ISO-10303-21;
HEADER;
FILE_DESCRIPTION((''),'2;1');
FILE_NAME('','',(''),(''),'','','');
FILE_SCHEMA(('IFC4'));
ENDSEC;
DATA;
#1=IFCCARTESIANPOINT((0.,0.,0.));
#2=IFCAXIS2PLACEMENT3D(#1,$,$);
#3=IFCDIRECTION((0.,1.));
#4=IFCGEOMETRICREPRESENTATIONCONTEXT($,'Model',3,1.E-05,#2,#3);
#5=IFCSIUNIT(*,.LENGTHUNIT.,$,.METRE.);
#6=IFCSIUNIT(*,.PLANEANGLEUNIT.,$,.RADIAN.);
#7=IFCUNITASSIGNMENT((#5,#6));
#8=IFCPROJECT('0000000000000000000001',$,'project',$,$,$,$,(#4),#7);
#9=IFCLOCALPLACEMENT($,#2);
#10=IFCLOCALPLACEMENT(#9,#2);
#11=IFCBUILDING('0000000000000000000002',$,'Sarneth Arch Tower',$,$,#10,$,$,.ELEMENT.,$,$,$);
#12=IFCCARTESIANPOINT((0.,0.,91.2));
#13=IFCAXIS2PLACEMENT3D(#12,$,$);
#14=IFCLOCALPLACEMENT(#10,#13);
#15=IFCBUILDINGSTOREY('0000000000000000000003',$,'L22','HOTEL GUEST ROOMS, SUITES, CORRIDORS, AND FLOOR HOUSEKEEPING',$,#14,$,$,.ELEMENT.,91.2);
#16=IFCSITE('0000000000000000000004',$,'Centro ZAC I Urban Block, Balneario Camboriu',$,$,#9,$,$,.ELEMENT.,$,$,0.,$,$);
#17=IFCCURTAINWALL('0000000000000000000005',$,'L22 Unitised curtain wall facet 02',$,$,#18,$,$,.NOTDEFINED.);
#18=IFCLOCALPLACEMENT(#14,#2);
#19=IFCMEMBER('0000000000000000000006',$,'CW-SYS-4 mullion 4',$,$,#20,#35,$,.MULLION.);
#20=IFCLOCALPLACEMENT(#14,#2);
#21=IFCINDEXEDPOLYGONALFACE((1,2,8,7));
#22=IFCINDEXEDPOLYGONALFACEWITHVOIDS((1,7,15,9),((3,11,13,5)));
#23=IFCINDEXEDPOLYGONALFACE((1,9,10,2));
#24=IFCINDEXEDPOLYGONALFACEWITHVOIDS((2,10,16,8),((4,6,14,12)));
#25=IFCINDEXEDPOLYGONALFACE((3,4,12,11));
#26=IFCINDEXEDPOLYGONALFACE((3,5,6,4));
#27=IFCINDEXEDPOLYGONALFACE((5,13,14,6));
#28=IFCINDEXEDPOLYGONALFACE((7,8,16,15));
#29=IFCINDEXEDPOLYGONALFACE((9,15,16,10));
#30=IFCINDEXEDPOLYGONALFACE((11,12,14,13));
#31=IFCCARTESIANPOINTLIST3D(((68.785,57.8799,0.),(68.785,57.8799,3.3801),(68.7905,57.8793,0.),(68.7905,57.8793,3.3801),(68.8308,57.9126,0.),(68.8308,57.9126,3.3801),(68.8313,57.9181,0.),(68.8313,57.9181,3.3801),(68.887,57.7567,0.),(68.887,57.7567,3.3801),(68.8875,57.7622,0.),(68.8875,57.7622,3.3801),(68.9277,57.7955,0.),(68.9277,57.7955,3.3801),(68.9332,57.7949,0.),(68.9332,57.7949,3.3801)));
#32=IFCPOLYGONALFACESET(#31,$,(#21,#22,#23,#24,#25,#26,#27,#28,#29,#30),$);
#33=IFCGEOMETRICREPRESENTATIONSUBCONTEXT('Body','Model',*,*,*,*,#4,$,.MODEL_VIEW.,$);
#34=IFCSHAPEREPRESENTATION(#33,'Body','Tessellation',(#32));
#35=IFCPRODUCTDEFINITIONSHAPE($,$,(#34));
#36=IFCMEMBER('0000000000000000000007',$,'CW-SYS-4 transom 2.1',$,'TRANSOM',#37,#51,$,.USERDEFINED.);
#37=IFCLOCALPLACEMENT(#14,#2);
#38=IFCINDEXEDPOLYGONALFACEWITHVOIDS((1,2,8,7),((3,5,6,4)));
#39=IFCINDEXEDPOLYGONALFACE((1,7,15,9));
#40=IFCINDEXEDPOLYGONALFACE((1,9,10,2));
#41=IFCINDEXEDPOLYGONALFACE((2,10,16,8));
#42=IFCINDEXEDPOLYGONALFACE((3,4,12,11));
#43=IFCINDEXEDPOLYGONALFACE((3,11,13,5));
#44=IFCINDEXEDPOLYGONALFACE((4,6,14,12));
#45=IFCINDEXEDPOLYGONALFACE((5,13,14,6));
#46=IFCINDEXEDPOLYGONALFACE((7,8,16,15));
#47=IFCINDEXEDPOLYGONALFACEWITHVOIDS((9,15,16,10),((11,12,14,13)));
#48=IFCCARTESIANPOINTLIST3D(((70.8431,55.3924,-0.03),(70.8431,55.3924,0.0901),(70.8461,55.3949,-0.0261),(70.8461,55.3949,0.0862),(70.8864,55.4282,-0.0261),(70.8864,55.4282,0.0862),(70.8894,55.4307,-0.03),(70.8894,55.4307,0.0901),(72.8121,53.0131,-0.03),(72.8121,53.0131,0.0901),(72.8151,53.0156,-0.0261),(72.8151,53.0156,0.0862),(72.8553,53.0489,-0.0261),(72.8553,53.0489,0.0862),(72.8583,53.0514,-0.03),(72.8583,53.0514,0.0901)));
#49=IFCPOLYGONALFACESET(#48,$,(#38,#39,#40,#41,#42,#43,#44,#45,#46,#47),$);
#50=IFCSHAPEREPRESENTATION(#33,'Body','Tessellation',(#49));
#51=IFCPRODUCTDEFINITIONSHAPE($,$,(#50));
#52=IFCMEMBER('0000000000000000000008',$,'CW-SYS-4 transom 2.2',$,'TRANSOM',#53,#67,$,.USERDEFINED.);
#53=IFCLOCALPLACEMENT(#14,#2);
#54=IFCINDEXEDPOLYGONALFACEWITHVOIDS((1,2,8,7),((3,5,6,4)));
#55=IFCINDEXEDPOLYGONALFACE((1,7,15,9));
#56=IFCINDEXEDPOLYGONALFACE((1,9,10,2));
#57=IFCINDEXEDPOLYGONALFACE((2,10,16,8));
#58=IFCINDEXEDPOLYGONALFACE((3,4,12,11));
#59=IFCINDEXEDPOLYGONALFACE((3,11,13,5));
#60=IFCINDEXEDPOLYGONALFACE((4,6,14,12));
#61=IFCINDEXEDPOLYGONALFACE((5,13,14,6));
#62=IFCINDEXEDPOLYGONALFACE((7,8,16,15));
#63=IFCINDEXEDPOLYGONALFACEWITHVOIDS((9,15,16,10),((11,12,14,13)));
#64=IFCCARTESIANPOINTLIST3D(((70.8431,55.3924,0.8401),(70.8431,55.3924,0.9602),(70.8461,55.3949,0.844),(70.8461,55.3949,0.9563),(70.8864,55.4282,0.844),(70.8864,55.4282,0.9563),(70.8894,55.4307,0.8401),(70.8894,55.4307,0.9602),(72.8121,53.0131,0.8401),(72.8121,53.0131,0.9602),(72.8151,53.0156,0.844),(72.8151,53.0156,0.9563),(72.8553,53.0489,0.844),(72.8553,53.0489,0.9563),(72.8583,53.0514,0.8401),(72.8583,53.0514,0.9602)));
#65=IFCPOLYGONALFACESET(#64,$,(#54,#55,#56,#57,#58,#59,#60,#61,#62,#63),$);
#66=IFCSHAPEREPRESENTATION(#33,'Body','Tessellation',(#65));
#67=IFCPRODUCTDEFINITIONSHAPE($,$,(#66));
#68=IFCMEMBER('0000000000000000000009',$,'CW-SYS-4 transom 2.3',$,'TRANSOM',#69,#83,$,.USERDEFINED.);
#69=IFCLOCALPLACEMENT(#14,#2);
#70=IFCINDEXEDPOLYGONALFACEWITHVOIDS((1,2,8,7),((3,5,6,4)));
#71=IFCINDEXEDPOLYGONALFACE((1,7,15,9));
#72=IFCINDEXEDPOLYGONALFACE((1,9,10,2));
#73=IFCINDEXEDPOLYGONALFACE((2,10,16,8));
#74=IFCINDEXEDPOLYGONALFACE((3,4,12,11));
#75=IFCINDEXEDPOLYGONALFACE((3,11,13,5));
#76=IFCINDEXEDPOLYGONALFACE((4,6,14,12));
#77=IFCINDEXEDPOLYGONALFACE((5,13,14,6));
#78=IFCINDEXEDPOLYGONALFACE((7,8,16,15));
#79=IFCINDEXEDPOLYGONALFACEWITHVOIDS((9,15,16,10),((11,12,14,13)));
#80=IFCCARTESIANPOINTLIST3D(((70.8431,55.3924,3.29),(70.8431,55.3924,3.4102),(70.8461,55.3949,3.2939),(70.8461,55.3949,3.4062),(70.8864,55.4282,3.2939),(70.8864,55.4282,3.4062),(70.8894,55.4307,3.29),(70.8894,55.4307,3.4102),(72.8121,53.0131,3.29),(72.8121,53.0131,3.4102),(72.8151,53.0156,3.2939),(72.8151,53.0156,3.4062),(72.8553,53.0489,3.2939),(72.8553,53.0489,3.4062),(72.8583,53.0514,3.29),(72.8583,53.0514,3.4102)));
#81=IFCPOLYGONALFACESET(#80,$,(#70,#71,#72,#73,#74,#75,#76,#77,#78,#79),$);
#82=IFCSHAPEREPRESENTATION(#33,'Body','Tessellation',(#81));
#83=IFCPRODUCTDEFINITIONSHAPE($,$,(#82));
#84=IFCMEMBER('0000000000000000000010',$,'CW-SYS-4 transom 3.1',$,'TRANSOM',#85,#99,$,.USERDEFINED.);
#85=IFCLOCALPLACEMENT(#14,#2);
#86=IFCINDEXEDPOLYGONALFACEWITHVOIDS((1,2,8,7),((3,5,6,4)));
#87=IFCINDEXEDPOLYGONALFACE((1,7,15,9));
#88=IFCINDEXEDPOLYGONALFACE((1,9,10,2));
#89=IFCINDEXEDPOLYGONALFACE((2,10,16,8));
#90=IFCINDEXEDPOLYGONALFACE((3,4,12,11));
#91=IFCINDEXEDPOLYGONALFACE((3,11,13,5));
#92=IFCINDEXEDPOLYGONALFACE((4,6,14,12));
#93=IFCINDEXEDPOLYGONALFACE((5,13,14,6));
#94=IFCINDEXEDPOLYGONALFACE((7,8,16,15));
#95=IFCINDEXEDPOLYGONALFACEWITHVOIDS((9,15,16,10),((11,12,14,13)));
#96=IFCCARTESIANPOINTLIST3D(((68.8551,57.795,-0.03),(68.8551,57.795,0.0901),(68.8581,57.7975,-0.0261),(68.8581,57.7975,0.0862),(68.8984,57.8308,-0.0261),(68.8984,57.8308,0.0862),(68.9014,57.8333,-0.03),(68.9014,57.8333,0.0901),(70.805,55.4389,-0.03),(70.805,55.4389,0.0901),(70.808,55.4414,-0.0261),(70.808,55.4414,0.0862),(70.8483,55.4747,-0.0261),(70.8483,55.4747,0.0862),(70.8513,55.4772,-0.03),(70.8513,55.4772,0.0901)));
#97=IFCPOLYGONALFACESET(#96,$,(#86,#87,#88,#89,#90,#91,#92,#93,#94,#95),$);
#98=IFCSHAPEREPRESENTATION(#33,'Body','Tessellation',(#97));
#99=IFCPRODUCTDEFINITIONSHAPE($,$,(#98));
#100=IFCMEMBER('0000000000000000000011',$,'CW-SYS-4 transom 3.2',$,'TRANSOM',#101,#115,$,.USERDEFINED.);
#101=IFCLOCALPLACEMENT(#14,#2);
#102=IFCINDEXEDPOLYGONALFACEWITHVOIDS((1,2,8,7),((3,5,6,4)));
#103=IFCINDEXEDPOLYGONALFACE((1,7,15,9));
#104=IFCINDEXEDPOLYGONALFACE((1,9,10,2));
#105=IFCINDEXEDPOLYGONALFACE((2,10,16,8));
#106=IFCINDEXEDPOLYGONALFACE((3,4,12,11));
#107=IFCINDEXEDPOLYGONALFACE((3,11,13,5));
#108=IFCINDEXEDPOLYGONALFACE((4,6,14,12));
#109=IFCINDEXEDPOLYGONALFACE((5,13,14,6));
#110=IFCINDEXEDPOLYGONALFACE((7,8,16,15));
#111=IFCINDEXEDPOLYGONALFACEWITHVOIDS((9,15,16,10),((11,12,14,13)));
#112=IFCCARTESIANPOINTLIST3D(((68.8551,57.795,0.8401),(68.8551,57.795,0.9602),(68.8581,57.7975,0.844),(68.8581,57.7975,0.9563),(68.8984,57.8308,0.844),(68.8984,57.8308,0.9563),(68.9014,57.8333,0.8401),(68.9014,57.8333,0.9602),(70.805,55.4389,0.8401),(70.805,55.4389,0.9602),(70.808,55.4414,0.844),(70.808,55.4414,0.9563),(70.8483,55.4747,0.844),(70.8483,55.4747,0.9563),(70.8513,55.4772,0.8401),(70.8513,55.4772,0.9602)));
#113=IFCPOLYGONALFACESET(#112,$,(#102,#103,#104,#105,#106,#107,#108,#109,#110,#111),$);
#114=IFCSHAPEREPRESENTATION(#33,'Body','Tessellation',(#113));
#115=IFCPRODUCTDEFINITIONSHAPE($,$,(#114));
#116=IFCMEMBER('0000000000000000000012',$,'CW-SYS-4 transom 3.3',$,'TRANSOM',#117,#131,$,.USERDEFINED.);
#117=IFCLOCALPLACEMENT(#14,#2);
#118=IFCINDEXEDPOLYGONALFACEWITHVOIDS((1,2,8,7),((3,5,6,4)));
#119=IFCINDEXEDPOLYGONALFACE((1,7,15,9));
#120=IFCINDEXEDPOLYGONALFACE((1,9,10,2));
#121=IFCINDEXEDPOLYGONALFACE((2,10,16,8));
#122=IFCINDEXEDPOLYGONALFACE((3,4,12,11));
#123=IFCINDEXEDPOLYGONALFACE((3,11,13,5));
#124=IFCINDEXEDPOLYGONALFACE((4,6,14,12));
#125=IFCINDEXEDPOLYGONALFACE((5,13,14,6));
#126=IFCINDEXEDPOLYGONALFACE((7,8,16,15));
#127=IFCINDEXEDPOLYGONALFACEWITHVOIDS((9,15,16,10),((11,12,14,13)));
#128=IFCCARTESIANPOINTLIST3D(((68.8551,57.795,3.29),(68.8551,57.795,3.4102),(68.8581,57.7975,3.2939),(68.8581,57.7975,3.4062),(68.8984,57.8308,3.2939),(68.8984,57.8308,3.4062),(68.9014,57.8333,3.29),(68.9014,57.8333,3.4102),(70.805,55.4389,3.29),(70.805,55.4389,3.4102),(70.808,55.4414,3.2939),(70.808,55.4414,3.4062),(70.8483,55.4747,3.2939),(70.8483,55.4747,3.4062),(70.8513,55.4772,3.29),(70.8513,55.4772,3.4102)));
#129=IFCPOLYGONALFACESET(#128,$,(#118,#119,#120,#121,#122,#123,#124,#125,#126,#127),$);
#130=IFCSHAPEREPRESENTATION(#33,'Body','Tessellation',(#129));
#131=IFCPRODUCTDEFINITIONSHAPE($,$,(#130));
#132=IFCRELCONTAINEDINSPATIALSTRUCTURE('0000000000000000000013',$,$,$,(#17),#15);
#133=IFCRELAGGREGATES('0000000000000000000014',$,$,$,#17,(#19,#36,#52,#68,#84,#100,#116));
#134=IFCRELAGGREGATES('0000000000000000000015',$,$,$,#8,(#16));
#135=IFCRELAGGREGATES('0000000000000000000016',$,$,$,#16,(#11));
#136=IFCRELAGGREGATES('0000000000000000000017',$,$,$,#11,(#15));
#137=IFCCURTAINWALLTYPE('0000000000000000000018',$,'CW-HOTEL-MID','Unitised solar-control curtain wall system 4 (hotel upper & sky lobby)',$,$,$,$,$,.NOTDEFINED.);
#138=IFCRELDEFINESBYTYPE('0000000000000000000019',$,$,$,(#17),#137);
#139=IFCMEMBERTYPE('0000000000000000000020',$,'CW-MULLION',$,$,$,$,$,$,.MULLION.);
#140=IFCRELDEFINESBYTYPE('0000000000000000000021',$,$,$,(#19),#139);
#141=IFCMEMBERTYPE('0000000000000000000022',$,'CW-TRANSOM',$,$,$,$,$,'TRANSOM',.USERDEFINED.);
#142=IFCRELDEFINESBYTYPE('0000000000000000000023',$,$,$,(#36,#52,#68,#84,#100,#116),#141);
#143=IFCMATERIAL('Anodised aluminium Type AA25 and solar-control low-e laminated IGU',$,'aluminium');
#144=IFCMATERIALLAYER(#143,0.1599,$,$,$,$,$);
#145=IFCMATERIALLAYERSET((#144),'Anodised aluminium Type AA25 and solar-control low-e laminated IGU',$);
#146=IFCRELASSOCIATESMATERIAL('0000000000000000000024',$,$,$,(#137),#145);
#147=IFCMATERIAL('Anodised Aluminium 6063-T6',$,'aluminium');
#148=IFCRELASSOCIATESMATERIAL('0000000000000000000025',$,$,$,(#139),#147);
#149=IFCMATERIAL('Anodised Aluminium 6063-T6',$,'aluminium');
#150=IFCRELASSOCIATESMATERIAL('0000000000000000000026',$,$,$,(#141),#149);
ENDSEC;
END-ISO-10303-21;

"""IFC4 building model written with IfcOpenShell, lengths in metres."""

from ifc_helpers import new_model, si_unit, direction, frame, origin, origin_2d, place, context, subcontext, project, spatial, hollow_rectangle, extrude, material, layer, layer_set, material_profile, profile_set, type_object, element, aggregate, save


model = new_model("IFC4")

# Units and contexts
model_context = context("Model", 3, precision=1e-05, world=origin(), true_north=direction((0.0, 1.0)))
body_context = subcontext(model_context, "Body", "Model", "MODEL_VIEW")
ifc_project = project(units=[si_unit("LENGTHUNIT", "METRE"), si_unit("PLANEANGLEUNIT", "RADIAN")], contexts=[model_context])

# Site, building, storey
site_placement = place(None, origin())
site = spatial("IfcSite", under=ifc_project, at=site_placement, Name="Centro ZAC I Urban Block, Balneario Camboriu", CompositionType="ELEMENT", RefElevation=0.0)
building_placement = place(site_placement, origin())
building = spatial("IfcBuilding", under=site, at=building_placement, Name="Sarneth Arch Tower", CompositionType="ELEMENT")
storey_placement = place(building_placement, frame((0.0, 0.0, 91.2)))
storey = spatial("IfcBuildingStorey", under=building, at=storey_placement, Name="L22", Description="HOTEL GUEST ROOMS, SUITES, CORRIDORS, AND FLOOR HOUSEKEEPING", CompositionType="ELEMENT", Elevation=91.2)

# Curtain wall, members
ifc_material_1 = material(Name="Anodised aluminium Type AA25 and solar-control low-e laminated IGU", Category="aluminium")
ifc_layer_1 = layer(ifc_material_1, 0.1599)
ifc_layer_set_1 = layer_set([ifc_layer_1], Name="Anodised aluminium Type AA25 and solar-control low-e laminated IGU")
curtain_wall_type = type_object("IfcCurtainWallType", Name="CW-HOTEL-MID", Description="Unitised solar-control curtain wall system 4 (hotel upper & sky lobby)", PredefinedType="NOTDEFINED", material=ifc_layer_set_1)
curtain_wall_placement = place(storey_placement, origin())
curtain_wall = element("IfcCurtainWall", 1, at=curtain_wall_placement, inside=storey, type_object=curtain_wall_type, Name="L22 Unitised curtain wall facet 02", PredefinedType="NOTDEFINED")
ifc_material_2 = material(Name="Anodised Aluminium 6063-T6", Category="aluminium")
ifc_material_profile_1 = material_profile(ifc_material_2, hollow_rectangle(XDim=0.0601, YDim=0.1599, WallThickness=0.0039, at=origin_2d()), Name="AL-MULL-160x60x4")
ifc_profile_set_1 = profile_set([ifc_material_profile_1], Name="Anodised Aluminium 6063-T6")
member_type_1 = type_object("IfcMemberType", Name="CW-MULLION", PredefinedType="MULLION", material=ifc_profile_set_1)
member_1_placement = place(storey_placement, frame((68.8591, 57.8374, 0.0), z_axis=(0.0, 0.0, 1.0), x_axis=(-0.770438, -0.637515, 0.0)))
member_1 = element("IfcMember", 2, at=member_1_placement, type_object=member_type_1, Name="CW-SYS-4 mullion 4", PredefinedType="MULLION", context=body_context, shape_type="SweptSolid", body=[
    extrude(hollow_rectangle(XDim=0.0601, YDim=0.1599, WallThickness=0.0039, at=origin_2d()), origin(), (0.0, 0.0, 1.0), 3.3801),
])
ifc_material_3 = material(Name="Anodised Aluminium 6063-T6", Category="aluminium")
ifc_material_profile_2 = material_profile(ifc_material_3, hollow_rectangle(XDim=0.0601, YDim=0.1201, WallThickness=0.0039, at=origin_2d()), Name="AL-TRAN-120x60x4")
ifc_profile_set_2 = profile_set([ifc_material_profile_2], Name="Anodised Aluminium 6063-T6")
member_type_2 = type_object("IfcMemberType", Name="CW-TRANSOM", ElementType="TRANSOM", PredefinedType="USERDEFINED", material=ifc_profile_set_2)
member_2_placement = place(storey_placement, frame((72.8352, 53.0322, 0.03), z_axis=(-0.637537, 0.77042, 0.0), x_axis=(-0.77042, -0.637537, 0.0)))
member_2 = element("IfcMember", 3, at=member_2_placement, type_object=member_type_2, Name="CW-SYS-4 transom 2.1", ObjectType="TRANSOM", PredefinedType="USERDEFINED", context=body_context, shape_type="SweptSolid", body=[
    extrude(hollow_rectangle(XDim=0.0601, YDim=0.1201, WallThickness=0.0039, at=origin_2d()), origin(), (0.0, 0.0, 1.0), 3.0884),
])
member_3_placement = place(storey_placement, frame((72.8352, 53.0322, 0.9001), z_axis=(-0.637537, 0.77042, 0.0), x_axis=(-0.77042, -0.637537, 0.0)))
member_3 = element("IfcMember", 4, at=member_3_placement, type_object=member_type_2, Name="CW-SYS-4 transom 2.2", ObjectType="TRANSOM", PredefinedType="USERDEFINED", context=body_context, shape_type="SweptSolid", body=[
    extrude(hollow_rectangle(XDim=0.0601, YDim=0.1201, WallThickness=0.0039, at=origin_2d()), origin(), (0.0, 0.0, 1.0), 3.0884),
])
member_4_placement = place(storey_placement, frame((72.8352, 53.0322, 3.3501), z_axis=(-0.637537, 0.77042, 0.0), x_axis=(-0.77042, -0.637537, 0.0)))
member_4 = element("IfcMember", 5, at=member_4_placement, type_object=member_type_2, Name="CW-SYS-4 transom 2.3", ObjectType="TRANSOM", PredefinedType="USERDEFINED", context=body_context, shape_type="SweptSolid", body=[
    extrude(hollow_rectangle(XDim=0.0601, YDim=0.1201, WallThickness=0.0039, at=origin_2d()), origin(), (0.0, 0.0, 1.0), 3.0884),
])
member_5_placement = place(storey_placement, frame((70.8281, 55.458, 0.03), z_axis=(-0.637566, 0.770396, 0.0), x_axis=(-0.770396, -0.637566, 0.0)))
member_5 = element("IfcMember", 6, at=member_5_placement, type_object=member_type_2, Name="CW-SYS-4 transom 3.1", ObjectType="TRANSOM", PredefinedType="USERDEFINED", context=body_context, shape_type="SweptSolid", body=[
    extrude(hollow_rectangle(XDim=0.0601, YDim=0.1201, WallThickness=0.0039, at=origin_2d()), origin(), (0.0, 0.0, 1.0), 3.0583),
])
member_6_placement = place(storey_placement, frame((70.8281, 55.458, 0.9001), z_axis=(-0.637566, 0.770396, 0.0), x_axis=(-0.770396, -0.637566, 0.0)))
member_6 = element("IfcMember", 7, at=member_6_placement, type_object=member_type_2, Name="CW-SYS-4 transom 3.2", ObjectType="TRANSOM", PredefinedType="USERDEFINED", context=body_context, shape_type="SweptSolid", body=[
    extrude(hollow_rectangle(XDim=0.0601, YDim=0.1201, WallThickness=0.0039, at=origin_2d()), origin(), (0.0, 0.0, 1.0), 3.0583),
])
member_7_placement = place(storey_placement, frame((70.8281, 55.458, 3.3501), z_axis=(-0.637566, 0.770396, 0.0), x_axis=(-0.770396, -0.637566, 0.0)))
member_7 = element("IfcMember", 8, at=member_7_placement, type_object=member_type_2, Name="CW-SYS-4 transom 3.3", ObjectType="TRANSOM", PredefinedType="USERDEFINED", context=body_context, shape_type="SweptSolid", body=[
    extrude(hollow_rectangle(XDim=0.0601, YDim=0.1201, WallThickness=0.0039, at=origin_2d()), origin(), (0.0, 0.0, 1.0), 3.0583),
])

aggregate(curtain_wall, [member_1, member_2, member_3, member_4, member_5, member_6, member_7])

save(model, "model.ifc")
